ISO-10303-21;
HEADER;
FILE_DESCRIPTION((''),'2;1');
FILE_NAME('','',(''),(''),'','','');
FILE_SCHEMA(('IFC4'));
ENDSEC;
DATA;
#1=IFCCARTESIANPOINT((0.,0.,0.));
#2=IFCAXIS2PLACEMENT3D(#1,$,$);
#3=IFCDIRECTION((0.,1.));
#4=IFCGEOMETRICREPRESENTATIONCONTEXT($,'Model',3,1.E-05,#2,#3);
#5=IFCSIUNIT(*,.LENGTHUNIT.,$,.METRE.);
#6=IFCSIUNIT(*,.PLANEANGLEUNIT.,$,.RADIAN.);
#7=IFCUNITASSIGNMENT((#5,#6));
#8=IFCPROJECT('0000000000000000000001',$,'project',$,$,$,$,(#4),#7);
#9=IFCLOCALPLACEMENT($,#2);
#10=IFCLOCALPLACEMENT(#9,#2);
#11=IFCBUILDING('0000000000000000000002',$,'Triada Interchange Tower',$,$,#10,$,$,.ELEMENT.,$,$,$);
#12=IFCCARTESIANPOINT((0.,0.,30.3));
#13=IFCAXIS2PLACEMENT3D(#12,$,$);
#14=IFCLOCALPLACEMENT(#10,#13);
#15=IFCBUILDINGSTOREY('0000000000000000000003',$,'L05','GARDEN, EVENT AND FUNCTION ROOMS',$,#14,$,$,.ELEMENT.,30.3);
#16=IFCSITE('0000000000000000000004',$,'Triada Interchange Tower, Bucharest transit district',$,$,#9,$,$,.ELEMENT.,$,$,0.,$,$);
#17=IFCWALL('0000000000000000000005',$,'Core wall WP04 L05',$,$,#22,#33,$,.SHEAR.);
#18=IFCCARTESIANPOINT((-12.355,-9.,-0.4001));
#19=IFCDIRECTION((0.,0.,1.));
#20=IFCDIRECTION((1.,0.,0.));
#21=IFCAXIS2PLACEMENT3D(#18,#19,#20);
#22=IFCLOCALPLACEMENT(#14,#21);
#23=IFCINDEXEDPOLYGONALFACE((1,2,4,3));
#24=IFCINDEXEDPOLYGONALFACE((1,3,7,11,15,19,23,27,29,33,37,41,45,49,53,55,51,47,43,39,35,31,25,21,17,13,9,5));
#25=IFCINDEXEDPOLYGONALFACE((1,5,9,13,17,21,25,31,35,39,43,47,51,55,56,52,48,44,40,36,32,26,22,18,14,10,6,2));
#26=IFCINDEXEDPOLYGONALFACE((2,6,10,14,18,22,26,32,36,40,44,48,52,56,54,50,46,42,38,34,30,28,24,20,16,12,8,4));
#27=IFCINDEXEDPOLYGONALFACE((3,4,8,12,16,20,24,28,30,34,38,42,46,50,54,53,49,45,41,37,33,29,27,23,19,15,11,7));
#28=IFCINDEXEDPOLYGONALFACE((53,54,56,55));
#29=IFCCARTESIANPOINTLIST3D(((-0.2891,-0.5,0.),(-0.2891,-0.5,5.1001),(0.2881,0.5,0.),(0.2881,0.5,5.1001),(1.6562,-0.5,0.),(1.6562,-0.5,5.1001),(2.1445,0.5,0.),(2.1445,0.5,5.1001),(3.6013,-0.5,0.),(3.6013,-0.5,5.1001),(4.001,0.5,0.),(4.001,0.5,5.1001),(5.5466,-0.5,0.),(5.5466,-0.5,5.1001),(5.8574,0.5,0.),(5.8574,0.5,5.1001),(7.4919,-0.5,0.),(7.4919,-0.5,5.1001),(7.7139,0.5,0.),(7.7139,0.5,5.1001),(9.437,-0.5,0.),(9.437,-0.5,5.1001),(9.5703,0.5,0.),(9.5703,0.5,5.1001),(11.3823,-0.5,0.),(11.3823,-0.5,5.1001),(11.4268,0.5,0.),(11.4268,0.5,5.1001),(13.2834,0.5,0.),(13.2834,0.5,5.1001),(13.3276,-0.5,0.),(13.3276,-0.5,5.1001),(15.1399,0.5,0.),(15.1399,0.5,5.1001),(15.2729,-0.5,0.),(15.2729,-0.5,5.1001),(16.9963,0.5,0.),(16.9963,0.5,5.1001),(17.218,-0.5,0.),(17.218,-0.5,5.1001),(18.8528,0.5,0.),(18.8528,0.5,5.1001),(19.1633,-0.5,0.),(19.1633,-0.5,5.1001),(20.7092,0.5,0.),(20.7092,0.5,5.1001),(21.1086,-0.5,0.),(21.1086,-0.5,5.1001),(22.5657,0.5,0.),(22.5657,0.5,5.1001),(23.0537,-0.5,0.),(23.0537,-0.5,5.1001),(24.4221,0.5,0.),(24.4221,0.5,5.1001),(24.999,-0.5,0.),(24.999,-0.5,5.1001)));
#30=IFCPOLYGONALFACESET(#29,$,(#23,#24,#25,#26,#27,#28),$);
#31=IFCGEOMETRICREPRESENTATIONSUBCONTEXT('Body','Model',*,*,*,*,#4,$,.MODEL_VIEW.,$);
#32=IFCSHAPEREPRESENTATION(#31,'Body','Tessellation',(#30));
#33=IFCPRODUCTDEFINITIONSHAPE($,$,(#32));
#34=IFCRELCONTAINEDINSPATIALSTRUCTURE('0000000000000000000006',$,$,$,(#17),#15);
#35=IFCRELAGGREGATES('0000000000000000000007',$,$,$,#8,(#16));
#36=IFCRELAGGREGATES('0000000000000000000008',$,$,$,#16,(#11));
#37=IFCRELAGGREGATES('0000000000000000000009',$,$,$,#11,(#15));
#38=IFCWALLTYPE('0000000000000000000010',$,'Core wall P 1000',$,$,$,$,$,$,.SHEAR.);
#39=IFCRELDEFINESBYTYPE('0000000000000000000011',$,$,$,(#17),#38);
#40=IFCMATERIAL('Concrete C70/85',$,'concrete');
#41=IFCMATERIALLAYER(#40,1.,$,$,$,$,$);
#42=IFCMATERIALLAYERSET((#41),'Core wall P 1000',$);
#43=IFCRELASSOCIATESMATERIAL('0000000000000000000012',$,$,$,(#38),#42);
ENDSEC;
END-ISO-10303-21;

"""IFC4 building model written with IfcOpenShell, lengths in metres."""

from ifc_helpers import new_model, si_unit, direction, frame, origin, place, context, subcontext, project, spatial, polyline, outline, extrude, material, layer, layer_set, type_object, element, save


model = new_model("IFC4")

# Units and contexts
model_context = context("Model", 3, precision=1e-05, world=origin(), true_north=direction((0.0, 1.0)))
body_context = subcontext(model_context, "Body", "Model", "MODEL_VIEW")
ifc_project = project(units=[si_unit("LENGTHUNIT", "METRE"), si_unit("PLANEANGLEUNIT", "RADIAN")], contexts=[model_context])

# Site, building, storey
site_placement = place(None, origin())
site = spatial("IfcSite", under=ifc_project, at=site_placement, Name="Triada Interchange Tower, Bucharest transit district", CompositionType="ELEMENT", RefElevation=0.0)
building_placement = place(site_placement, origin())
building = spatial("IfcBuilding", under=site, at=building_placement, Name="Triada Interchange Tower", CompositionType="ELEMENT")
storey_placement = place(building_placement, frame((0.0, 0.0, 30.3)))
storey = spatial("IfcBuildingStorey", under=building, at=storey_placement, Name="L05", Description="GARDEN, EVENT AND FUNCTION ROOMS", CompositionType="ELEMENT", Elevation=30.3)

# Shared definitions
ifc_material_1 = material(Name="Concrete C70/85", Category="concrete")
ifc_layer_1 = layer(ifc_material_1, 1.0)
ifc_layer_set_1 = layer_set([ifc_layer_1], Name="Core wall P 1000")
wall_type_1 = type_object("IfcWallType", Name="Core wall P 1000", PredefinedType="SHEAR", material=ifc_layer_set_1)

# Wall
wall_1_placement = place(storey_placement, frame((-12.355, -9.0, -0.4001), z_axis=(0.0, 0.0, 1.0), x_axis=(1.0, 0.0, 0.0)))
element("IfcWall", 1, at=wall_1_placement, inside=storey, type_object=wall_type_1, Name="Core wall WP04 L05", PredefinedType="SHEAR", context=body_context, shape_type="SweptSolid", body=[
    extrude(outline(polyline([(-0.2891, -0.5), (1.6562, -0.5), (3.6013, -0.5), (5.5466, -0.5), (7.4919, -0.5), (9.437, -0.5), (11.3823, -0.5), (13.3276, -0.5), (15.2729, -0.5), (17.218, -0.5), (19.1633, -0.5), (21.1086, -0.5), (23.0537, -0.5), (24.999, -0.5), (24.4221, 0.5), (22.5657, 0.5), (20.7092, 0.5), (18.8528, 0.5), (16.9963, 0.5), (15.1399, 0.5), (13.2834, 0.5), (11.4268, 0.5), (9.5703, 0.5), (7.7139, 0.5), (5.8574, 0.5), (4.001, 0.5), (2.1445, 0.5), (0.2881, 0.5), (-0.2891, -0.5)])), origin(), (0.0, 0.0, 1.0), 5.1001),
])

save(model, "model.ifc")
